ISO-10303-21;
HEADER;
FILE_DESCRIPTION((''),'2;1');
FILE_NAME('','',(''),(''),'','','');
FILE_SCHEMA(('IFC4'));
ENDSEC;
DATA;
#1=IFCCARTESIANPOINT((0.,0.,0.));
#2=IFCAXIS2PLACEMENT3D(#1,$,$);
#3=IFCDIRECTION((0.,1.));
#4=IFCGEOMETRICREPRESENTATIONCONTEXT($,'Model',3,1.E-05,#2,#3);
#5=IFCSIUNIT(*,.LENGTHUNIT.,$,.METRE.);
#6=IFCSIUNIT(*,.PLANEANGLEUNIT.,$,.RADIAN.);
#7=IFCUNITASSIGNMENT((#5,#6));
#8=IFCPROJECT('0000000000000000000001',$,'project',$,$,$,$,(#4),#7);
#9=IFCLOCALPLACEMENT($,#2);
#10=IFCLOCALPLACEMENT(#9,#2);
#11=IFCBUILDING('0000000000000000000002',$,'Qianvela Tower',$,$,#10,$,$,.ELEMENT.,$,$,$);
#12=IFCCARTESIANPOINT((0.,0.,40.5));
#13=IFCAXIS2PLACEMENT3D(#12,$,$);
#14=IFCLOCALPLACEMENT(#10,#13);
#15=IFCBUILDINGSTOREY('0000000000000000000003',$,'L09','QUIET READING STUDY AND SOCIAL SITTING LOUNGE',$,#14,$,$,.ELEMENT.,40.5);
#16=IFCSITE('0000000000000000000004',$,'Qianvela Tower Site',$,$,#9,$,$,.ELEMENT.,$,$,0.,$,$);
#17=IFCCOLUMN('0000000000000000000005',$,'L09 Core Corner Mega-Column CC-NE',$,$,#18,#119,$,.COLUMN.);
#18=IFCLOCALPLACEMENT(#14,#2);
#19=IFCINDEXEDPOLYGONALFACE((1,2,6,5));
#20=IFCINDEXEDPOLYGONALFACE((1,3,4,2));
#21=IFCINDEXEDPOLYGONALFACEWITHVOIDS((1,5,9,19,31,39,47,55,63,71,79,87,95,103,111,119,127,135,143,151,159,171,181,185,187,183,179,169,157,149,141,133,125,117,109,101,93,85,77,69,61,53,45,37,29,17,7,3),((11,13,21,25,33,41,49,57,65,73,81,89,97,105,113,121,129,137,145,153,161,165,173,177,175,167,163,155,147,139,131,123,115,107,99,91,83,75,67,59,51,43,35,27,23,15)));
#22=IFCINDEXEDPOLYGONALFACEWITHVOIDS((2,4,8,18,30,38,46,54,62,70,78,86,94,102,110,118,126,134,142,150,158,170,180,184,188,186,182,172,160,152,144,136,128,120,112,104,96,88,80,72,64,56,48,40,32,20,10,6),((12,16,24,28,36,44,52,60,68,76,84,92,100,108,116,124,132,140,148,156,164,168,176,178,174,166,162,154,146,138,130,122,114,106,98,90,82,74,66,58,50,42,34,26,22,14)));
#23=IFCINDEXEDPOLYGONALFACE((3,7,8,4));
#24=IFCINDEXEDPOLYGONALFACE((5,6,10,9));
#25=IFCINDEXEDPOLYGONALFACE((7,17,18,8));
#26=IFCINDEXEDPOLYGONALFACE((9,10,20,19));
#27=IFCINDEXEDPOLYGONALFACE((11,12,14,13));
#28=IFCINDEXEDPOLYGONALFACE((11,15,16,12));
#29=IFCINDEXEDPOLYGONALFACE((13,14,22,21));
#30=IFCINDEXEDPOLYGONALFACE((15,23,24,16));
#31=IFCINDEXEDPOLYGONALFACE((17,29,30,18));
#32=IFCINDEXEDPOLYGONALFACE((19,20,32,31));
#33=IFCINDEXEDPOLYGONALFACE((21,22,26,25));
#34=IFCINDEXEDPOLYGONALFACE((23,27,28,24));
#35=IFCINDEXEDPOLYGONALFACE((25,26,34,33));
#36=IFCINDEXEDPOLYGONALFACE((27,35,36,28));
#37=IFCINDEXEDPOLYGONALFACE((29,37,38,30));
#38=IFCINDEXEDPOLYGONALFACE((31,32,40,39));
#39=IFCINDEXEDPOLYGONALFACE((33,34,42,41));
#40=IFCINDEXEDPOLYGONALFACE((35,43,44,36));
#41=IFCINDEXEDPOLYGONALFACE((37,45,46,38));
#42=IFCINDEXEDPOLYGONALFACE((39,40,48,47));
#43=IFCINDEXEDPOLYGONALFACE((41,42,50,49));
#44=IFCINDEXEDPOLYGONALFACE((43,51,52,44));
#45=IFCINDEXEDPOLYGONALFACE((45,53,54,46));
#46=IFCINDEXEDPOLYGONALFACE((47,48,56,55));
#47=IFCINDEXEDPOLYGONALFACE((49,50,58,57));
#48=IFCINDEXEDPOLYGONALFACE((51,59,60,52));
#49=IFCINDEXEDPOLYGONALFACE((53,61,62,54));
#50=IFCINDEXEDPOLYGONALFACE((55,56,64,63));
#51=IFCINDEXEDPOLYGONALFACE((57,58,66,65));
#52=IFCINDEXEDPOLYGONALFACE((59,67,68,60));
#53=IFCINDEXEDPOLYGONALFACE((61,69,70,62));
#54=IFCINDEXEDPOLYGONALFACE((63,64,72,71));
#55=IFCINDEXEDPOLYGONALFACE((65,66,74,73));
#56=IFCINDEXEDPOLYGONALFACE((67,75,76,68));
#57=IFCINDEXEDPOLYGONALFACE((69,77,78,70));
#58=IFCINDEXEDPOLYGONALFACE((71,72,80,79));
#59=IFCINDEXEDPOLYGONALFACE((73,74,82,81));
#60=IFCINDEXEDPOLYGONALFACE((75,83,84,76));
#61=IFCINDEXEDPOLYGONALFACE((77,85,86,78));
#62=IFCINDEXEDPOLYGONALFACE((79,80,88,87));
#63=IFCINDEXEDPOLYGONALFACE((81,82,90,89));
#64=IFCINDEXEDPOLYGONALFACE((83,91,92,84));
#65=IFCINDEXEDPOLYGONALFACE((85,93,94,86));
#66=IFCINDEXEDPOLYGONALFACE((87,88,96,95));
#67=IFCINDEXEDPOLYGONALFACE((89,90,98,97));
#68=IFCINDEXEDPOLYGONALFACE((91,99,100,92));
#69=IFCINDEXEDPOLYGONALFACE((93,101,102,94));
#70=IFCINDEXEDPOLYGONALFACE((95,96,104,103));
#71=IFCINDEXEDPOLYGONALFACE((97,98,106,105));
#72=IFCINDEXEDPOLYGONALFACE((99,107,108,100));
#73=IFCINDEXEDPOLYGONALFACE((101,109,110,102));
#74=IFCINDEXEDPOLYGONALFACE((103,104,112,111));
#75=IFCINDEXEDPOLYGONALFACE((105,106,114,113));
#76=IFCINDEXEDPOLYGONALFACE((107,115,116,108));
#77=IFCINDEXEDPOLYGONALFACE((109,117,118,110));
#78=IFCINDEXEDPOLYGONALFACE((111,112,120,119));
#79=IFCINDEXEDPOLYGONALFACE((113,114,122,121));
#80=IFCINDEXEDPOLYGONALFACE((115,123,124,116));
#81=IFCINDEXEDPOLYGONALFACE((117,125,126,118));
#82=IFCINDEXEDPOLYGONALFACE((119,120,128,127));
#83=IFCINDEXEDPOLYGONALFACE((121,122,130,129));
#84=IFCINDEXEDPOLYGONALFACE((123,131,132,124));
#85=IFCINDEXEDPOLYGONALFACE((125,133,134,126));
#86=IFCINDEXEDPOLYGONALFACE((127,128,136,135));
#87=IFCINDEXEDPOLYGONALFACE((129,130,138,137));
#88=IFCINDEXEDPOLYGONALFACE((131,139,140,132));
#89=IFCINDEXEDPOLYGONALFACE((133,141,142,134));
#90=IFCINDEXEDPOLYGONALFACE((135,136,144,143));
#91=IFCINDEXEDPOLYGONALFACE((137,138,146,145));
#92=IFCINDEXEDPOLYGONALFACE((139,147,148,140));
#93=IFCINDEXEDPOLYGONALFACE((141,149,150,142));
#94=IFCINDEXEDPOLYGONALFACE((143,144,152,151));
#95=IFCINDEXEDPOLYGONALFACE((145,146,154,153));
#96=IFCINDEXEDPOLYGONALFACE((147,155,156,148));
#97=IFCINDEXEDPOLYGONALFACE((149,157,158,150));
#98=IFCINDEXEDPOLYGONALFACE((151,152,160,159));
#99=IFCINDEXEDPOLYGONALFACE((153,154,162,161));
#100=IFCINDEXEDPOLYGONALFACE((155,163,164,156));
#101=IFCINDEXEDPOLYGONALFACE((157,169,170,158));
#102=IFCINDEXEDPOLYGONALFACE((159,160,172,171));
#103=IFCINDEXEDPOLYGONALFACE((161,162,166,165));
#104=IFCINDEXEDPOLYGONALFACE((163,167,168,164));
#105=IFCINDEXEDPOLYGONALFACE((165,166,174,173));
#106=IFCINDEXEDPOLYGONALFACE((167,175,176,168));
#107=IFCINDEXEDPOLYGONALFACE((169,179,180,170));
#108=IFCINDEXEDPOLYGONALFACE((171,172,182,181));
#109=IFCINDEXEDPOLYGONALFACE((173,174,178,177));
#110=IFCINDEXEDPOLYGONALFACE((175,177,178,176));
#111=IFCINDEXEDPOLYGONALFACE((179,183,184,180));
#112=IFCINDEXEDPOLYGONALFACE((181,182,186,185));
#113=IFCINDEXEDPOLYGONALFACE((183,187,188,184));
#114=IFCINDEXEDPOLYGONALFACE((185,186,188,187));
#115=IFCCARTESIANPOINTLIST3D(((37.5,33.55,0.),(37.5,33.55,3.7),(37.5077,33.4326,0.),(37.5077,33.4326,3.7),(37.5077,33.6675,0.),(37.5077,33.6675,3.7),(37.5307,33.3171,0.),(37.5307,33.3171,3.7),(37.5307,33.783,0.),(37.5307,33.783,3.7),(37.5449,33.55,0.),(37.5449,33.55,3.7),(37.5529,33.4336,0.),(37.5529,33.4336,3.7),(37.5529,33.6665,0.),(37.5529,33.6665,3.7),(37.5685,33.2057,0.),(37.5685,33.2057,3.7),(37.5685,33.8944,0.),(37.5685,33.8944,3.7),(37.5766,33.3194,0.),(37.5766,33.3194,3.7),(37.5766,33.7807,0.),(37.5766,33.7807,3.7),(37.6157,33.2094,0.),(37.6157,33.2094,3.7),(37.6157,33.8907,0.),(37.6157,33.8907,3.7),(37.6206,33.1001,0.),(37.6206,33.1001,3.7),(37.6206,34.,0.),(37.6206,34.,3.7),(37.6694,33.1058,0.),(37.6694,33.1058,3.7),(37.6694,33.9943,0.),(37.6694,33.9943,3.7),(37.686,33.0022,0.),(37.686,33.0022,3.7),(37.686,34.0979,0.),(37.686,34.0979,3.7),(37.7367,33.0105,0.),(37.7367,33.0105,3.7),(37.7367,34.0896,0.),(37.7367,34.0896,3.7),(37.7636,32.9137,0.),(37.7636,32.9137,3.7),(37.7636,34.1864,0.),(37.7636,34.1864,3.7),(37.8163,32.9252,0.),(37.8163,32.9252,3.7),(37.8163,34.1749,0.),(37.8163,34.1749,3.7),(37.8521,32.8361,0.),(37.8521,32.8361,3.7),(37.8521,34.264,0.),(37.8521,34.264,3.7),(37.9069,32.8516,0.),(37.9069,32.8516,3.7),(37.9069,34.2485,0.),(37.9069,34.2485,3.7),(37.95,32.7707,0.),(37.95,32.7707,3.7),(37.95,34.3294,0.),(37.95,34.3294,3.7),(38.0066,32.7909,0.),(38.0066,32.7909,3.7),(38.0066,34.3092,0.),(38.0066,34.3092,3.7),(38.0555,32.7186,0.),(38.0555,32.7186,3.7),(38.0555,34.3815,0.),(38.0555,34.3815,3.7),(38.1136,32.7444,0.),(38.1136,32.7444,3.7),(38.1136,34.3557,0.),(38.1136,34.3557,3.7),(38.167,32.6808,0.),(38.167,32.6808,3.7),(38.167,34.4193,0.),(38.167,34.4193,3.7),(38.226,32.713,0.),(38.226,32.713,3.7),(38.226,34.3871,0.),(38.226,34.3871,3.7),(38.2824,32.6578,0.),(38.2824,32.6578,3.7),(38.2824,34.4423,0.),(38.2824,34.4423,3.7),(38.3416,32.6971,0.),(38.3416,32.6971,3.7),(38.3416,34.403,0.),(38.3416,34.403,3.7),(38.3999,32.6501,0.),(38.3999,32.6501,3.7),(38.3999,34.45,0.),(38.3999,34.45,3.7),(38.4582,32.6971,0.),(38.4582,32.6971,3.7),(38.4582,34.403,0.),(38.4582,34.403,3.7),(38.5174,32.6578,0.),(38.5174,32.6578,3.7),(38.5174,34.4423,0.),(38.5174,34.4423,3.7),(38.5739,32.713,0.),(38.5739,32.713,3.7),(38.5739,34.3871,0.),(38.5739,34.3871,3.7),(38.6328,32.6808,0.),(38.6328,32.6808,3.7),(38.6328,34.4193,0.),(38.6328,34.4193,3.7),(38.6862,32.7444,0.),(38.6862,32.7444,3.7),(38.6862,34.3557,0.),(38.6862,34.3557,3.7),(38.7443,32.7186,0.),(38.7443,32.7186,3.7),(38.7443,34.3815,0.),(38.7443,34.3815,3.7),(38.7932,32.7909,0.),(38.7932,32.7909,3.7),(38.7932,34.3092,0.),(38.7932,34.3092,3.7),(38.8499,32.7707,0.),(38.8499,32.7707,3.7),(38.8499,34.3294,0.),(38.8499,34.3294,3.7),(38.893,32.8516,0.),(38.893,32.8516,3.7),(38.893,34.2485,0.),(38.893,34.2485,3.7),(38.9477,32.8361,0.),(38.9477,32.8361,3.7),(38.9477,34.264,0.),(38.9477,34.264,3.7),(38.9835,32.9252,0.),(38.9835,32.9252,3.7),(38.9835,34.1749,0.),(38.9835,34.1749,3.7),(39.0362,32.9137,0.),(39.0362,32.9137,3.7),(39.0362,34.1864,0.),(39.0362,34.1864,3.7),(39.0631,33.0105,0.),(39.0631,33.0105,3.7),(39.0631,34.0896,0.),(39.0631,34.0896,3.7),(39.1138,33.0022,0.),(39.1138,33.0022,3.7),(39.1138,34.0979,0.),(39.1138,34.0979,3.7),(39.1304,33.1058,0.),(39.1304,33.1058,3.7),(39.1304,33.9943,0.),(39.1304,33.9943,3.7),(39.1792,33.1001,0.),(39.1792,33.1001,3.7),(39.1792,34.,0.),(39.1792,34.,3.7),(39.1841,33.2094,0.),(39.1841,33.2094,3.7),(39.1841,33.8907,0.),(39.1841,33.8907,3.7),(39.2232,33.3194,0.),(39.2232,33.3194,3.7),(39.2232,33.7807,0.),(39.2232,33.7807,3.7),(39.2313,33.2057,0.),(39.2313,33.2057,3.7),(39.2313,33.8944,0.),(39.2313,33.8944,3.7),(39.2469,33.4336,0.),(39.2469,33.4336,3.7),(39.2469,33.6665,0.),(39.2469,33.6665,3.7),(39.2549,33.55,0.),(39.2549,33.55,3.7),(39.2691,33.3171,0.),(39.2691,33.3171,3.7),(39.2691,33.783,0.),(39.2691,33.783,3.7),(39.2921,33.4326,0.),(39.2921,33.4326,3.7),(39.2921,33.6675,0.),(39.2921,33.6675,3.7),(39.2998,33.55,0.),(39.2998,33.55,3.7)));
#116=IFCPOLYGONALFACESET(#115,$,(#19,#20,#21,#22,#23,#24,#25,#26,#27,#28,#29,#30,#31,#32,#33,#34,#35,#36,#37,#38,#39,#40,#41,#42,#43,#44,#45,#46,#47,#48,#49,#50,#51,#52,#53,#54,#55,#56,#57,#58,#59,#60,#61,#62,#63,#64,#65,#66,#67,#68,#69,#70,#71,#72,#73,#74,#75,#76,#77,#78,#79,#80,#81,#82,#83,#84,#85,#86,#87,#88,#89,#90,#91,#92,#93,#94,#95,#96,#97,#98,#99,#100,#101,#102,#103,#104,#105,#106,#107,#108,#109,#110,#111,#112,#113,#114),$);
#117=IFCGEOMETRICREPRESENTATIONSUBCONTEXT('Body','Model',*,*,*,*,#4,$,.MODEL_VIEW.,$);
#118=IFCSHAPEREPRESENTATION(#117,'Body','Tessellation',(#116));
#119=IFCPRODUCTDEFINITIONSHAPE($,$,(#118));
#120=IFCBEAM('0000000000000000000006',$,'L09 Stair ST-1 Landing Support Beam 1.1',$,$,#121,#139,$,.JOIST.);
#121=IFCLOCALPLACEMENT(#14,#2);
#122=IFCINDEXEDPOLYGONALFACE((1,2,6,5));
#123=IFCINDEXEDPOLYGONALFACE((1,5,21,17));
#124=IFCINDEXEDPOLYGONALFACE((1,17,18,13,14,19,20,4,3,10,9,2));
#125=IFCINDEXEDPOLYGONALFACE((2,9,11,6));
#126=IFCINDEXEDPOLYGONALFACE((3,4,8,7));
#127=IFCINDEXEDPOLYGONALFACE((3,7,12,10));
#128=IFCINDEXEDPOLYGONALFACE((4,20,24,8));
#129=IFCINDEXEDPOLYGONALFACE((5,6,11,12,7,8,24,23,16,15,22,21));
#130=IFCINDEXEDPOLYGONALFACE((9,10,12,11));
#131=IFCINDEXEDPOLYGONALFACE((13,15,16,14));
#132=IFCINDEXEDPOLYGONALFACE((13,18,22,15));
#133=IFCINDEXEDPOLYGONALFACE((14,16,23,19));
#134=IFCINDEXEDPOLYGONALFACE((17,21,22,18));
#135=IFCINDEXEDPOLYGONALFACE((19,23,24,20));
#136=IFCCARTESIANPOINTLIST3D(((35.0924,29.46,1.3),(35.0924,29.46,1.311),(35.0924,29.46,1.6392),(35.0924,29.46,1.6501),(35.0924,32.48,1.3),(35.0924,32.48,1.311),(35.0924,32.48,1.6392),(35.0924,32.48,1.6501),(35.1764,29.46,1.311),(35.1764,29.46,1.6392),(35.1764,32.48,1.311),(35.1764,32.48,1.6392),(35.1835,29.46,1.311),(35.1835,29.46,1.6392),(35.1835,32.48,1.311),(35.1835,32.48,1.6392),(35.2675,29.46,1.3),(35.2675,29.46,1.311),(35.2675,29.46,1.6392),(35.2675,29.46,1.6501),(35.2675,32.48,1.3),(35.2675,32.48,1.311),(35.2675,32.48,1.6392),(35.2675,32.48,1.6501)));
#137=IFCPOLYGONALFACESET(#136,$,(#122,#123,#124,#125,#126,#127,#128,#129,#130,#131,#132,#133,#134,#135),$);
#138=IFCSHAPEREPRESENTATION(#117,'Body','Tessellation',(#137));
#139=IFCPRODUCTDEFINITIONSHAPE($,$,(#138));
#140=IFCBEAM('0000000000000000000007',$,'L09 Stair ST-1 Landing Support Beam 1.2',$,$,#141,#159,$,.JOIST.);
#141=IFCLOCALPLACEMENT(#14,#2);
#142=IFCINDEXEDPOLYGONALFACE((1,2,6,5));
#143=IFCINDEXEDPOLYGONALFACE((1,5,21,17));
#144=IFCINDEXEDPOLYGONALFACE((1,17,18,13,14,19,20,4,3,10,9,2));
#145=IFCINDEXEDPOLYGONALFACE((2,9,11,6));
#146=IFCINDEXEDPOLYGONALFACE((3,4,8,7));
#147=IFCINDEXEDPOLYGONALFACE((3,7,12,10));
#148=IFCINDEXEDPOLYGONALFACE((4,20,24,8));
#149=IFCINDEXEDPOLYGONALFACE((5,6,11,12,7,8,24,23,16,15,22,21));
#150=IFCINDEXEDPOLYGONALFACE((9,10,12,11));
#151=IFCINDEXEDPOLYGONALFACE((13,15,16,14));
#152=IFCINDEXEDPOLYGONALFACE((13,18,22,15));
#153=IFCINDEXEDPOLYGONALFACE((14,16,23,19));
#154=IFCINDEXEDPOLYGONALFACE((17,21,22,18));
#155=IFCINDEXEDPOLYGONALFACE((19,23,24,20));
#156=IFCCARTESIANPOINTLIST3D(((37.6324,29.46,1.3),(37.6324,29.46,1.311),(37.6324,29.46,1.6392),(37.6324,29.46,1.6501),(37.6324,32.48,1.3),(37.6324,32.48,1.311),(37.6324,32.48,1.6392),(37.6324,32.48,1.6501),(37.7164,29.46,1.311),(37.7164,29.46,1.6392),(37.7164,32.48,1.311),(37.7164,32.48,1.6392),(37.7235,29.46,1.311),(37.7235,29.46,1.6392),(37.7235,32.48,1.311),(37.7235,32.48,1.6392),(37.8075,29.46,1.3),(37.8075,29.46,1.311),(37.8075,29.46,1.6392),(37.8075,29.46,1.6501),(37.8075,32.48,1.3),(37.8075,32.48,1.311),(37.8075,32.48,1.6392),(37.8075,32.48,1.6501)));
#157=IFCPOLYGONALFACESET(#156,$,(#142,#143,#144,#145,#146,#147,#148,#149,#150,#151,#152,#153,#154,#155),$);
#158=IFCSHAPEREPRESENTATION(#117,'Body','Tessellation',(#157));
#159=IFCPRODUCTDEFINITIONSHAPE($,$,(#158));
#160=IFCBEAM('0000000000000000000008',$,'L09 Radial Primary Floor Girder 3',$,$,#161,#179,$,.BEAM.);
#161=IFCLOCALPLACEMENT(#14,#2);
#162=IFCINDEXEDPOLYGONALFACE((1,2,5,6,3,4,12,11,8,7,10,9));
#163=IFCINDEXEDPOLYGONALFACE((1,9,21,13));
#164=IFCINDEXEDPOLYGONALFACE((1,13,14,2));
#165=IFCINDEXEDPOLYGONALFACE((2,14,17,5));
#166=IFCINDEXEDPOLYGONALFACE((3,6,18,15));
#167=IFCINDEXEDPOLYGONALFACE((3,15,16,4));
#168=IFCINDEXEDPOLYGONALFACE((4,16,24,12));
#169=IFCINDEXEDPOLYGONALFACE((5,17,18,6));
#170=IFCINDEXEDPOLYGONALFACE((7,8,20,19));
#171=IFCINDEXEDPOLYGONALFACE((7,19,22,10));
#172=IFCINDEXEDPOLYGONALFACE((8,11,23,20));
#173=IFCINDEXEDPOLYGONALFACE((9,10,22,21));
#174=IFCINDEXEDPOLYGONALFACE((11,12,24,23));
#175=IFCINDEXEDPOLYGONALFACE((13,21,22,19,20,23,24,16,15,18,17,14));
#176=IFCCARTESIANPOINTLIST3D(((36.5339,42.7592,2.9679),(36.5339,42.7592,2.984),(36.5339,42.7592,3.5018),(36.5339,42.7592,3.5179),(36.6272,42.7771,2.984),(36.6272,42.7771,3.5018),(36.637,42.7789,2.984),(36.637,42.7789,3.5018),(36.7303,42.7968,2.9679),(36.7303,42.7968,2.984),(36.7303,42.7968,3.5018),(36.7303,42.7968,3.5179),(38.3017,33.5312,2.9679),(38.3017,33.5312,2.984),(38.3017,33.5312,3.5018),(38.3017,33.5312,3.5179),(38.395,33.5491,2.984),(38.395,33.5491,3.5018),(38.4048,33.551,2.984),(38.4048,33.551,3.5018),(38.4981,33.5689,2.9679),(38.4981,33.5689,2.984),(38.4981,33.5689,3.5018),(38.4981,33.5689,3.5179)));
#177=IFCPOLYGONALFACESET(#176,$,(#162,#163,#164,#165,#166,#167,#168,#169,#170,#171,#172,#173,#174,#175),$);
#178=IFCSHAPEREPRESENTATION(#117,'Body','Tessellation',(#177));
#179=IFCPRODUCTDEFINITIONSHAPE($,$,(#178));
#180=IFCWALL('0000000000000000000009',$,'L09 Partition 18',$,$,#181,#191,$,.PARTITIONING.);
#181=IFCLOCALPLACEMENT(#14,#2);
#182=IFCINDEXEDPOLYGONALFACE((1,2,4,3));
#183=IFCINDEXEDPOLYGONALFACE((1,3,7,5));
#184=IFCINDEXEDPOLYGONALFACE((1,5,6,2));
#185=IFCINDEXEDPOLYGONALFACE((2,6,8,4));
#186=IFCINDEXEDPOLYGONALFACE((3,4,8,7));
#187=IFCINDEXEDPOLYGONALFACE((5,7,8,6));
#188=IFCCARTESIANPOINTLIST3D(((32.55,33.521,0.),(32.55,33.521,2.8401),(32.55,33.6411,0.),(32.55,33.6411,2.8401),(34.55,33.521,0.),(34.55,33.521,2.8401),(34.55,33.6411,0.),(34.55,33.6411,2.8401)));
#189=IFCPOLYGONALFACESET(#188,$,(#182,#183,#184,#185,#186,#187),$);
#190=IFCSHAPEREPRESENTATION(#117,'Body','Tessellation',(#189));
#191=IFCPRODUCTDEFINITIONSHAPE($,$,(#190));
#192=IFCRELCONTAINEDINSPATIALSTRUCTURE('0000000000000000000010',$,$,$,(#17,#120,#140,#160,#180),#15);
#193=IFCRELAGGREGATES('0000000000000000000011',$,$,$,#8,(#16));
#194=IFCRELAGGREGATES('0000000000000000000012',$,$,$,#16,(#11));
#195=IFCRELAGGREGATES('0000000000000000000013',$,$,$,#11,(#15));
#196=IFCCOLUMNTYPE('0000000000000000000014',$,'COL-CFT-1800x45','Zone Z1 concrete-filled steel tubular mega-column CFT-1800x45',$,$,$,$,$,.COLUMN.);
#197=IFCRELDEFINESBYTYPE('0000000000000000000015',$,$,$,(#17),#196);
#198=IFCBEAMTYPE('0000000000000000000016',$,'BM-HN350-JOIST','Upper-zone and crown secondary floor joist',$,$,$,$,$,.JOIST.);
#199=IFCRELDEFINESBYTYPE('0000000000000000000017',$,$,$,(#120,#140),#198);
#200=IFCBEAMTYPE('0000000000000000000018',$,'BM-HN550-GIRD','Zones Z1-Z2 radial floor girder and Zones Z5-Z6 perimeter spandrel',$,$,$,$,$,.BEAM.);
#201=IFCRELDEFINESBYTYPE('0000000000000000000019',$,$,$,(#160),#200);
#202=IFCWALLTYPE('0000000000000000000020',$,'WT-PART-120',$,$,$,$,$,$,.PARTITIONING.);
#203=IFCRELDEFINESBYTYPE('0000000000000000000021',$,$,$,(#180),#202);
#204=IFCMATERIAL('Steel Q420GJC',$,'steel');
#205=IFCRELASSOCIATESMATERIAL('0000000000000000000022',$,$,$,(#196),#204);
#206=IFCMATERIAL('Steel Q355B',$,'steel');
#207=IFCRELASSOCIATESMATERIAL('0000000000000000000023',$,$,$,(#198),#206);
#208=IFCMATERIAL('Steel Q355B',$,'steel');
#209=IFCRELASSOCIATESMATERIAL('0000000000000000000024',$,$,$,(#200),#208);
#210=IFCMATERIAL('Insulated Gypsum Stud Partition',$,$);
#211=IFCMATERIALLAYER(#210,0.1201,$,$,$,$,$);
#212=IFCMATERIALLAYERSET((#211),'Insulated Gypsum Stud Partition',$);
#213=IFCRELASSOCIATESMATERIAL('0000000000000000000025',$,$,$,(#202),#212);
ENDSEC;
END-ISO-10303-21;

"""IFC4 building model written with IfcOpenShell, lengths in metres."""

from ifc_helpers import new_model, si_unit, direction, frame, frame_2d, origin, origin_2d, place, context, subcontext, project, spatial, rectangle, hollow_circle, i_section, extrude, material, layer, layer_set, material_profile, profile_set, type_object, element, save


model = new_model("IFC4")

# Units and contexts
model_context = context("Model", 3, precision=1e-05, world=origin(), true_north=direction((0.0, 1.0)))
body_context = subcontext(model_context, "Body", "Model", "MODEL_VIEW")
ifc_project = project(units=[si_unit("LENGTHUNIT", "METRE"), si_unit("PLANEANGLEUNIT", "RADIAN")], contexts=[model_context])

# Site, building, storey
site_placement = place(None, origin())
site = spatial("IfcSite", under=ifc_project, at=site_placement, Name="Qianvela Tower Site", CompositionType="ELEMENT", RefElevation=0.0)
building_placement = place(site_placement, origin())
building = spatial("IfcBuilding", under=site, at=building_placement, Name="Qianvela Tower", CompositionType="ELEMENT")
storey_placement = place(building_placement, frame((0.0, 0.0, 40.5)))
storey = spatial("IfcBuildingStorey", under=building, at=storey_placement, Name="L09", Description="QUIET READING STUDY AND SOCIAL SITTING LOUNGE", CompositionType="ELEMENT", Elevation=40.5)

# Column
ifc_material_1 = material(Name="Steel Q420GJC", Category="steel")
ifc_material_profile_1 = material_profile(ifc_material_1, hollow_circle(Radius=0.8999, WallThickness=0.0449, at=origin_2d()), Name="CFT-1800x45")
ifc_profile_set_1 = profile_set([ifc_material_profile_1], Name="Steel Q420GJC")
column_type = type_object("IfcColumnType", Name="COL-CFT-1800x45", Description="Zone Z1 concrete-filled steel tubular mega-column CFT-1800x45", PredefinedType="COLUMN", material=ifc_profile_set_1)
column_placement = place(storey_placement, frame((38.3999, 33.55, 0.0), z_axis=(0.0, 0.0, 1.0), x_axis=(1.0, 0.0, 0.0)))
element("IfcColumn", 1, at=column_placement, inside=storey, type_object=column_type, Name="L09 Core Corner Mega-Column CC-NE", PredefinedType="COLUMN", context=body_context, shape_type="SweptSolid", body=[
    extrude(hollow_circle(Radius=0.8999, WallThickness=0.0449, at=origin_2d()), origin(), (0.0, 0.0, 1.0), 3.7),
])

# Beams
ifc_material_2 = material(Name="Steel Q355B", Category="steel")
ifc_material_profile_2 = material_profile(ifc_material_2, i_section(OverallWidth=0.175, OverallDepth=0.3501, WebThickness=0.0071, FlangeThickness=0.011, at=origin_2d()), Name="HN350x175x7x11")
ifc_profile_set_2 = profile_set([ifc_material_profile_2], Name="Steel Q355B")
beam_type_1 = type_object("IfcBeamType", Name="BM-HN350-JOIST", Description="Upper-zone and crown secondary floor joist", PredefinedType="JOIST", material=ifc_profile_set_2)
for number, where, z_axis, x_axis, name in (
    (2, (35.1799, 29.46, 1.4751), (0.0, 1.0, 0.0), (-1.0, 0.0, 0.0), "L09 Stair ST-1 Landing Support Beam 1.1"),
    (3, (37.72, 29.46, 1.4751), (0.0, 1.0, 0.0), (-1.0, 0.0, 0.0), "L09 Stair ST-1 Landing Support Beam 1.2"),
):
    element("IfcBeam", number, at=place(storey_placement, frame(where, z_axis=z_axis, x_axis=x_axis)), inside=storey, type_object=beam_type_1, Name=name, PredefinedType="JOIST", context=body_context, shape_type="SweptSolid", body=[
        extrude(i_section(OverallWidth=0.175, OverallDepth=0.3501, WebThickness=0.0071, FlangeThickness=0.011, at=origin_2d()), origin(), (0.0, 0.0, 1.0), 3.02),
    ])
ifc_material_3 = material(Name="Steel Q355B", Category="steel")
ifc_material_profile_3 = material_profile(ifc_material_3, i_section(OverallWidth=0.2, OverallDepth=0.55, WebThickness=0.01, FlangeThickness=0.0161, at=origin_2d()), Name="HN550x200x10x16")
ifc_profile_set_3 = profile_set([ifc_material_profile_3], Name="Steel Q355B")
beam_type_2 = type_object("IfcBeamType", Name="BM-HN550-GIRD", Description="Zones Z1-Z2 radial floor girder and Zones Z5-Z6 perimeter spandrel", PredefinedType="BEAM", material=ifc_profile_set_3)
beam_placement = place(storey_placement, frame((38.3999, 33.55, 3.2429), z_axis=(-0.18815, 0.98214, 0.0), x_axis=(-0.98214, -0.18815, 0.0)))
element("IfcBeam", 4, at=beam_placement, inside=storey, type_object=beam_type_2, Name="L09 Radial Primary Floor Girder 3", PredefinedType="BEAM", context=body_context, shape_type="SweptSolid", body=[
    extrude(i_section(OverallWidth=0.2, OverallDepth=0.55, WebThickness=0.01, FlangeThickness=0.0161, at=origin_2d()), origin(), (0.0, 0.0, 1.0), 9.3958),
])

# Wall
ifc_material_4 = material(Name="Insulated Gypsum Stud Partition")
ifc_layer_1 = layer(ifc_material_4, 0.1201)
ifc_layer_set_1 = layer_set([ifc_layer_1], Name="Insulated Gypsum Stud Partition")
wall_type_1 = type_object("IfcWallType", Name="WT-PART-120", PredefinedType="PARTITIONING", material=ifc_layer_set_1)
wall_1_placement = place(storey_placement, frame((34.55, 33.5811, 0.0), z_axis=(0.0, 0.0, 1.0), x_axis=(-1.0, 0.0, 0.0)))
element("IfcWall", 5, at=wall_1_placement, inside=storey, type_object=wall_type_1, Name="L09 Partition 18", PredefinedType="PARTITIONING", context=body_context, shape_type="SweptSolid", body=[
    extrude(rectangle(XDim=2.0, YDim=0.1201, at=frame_2d((1.0, 0.0))), origin(), (0.0, 0.0, 1.0), 2.8401),
])

save(model, "model.ifc")
